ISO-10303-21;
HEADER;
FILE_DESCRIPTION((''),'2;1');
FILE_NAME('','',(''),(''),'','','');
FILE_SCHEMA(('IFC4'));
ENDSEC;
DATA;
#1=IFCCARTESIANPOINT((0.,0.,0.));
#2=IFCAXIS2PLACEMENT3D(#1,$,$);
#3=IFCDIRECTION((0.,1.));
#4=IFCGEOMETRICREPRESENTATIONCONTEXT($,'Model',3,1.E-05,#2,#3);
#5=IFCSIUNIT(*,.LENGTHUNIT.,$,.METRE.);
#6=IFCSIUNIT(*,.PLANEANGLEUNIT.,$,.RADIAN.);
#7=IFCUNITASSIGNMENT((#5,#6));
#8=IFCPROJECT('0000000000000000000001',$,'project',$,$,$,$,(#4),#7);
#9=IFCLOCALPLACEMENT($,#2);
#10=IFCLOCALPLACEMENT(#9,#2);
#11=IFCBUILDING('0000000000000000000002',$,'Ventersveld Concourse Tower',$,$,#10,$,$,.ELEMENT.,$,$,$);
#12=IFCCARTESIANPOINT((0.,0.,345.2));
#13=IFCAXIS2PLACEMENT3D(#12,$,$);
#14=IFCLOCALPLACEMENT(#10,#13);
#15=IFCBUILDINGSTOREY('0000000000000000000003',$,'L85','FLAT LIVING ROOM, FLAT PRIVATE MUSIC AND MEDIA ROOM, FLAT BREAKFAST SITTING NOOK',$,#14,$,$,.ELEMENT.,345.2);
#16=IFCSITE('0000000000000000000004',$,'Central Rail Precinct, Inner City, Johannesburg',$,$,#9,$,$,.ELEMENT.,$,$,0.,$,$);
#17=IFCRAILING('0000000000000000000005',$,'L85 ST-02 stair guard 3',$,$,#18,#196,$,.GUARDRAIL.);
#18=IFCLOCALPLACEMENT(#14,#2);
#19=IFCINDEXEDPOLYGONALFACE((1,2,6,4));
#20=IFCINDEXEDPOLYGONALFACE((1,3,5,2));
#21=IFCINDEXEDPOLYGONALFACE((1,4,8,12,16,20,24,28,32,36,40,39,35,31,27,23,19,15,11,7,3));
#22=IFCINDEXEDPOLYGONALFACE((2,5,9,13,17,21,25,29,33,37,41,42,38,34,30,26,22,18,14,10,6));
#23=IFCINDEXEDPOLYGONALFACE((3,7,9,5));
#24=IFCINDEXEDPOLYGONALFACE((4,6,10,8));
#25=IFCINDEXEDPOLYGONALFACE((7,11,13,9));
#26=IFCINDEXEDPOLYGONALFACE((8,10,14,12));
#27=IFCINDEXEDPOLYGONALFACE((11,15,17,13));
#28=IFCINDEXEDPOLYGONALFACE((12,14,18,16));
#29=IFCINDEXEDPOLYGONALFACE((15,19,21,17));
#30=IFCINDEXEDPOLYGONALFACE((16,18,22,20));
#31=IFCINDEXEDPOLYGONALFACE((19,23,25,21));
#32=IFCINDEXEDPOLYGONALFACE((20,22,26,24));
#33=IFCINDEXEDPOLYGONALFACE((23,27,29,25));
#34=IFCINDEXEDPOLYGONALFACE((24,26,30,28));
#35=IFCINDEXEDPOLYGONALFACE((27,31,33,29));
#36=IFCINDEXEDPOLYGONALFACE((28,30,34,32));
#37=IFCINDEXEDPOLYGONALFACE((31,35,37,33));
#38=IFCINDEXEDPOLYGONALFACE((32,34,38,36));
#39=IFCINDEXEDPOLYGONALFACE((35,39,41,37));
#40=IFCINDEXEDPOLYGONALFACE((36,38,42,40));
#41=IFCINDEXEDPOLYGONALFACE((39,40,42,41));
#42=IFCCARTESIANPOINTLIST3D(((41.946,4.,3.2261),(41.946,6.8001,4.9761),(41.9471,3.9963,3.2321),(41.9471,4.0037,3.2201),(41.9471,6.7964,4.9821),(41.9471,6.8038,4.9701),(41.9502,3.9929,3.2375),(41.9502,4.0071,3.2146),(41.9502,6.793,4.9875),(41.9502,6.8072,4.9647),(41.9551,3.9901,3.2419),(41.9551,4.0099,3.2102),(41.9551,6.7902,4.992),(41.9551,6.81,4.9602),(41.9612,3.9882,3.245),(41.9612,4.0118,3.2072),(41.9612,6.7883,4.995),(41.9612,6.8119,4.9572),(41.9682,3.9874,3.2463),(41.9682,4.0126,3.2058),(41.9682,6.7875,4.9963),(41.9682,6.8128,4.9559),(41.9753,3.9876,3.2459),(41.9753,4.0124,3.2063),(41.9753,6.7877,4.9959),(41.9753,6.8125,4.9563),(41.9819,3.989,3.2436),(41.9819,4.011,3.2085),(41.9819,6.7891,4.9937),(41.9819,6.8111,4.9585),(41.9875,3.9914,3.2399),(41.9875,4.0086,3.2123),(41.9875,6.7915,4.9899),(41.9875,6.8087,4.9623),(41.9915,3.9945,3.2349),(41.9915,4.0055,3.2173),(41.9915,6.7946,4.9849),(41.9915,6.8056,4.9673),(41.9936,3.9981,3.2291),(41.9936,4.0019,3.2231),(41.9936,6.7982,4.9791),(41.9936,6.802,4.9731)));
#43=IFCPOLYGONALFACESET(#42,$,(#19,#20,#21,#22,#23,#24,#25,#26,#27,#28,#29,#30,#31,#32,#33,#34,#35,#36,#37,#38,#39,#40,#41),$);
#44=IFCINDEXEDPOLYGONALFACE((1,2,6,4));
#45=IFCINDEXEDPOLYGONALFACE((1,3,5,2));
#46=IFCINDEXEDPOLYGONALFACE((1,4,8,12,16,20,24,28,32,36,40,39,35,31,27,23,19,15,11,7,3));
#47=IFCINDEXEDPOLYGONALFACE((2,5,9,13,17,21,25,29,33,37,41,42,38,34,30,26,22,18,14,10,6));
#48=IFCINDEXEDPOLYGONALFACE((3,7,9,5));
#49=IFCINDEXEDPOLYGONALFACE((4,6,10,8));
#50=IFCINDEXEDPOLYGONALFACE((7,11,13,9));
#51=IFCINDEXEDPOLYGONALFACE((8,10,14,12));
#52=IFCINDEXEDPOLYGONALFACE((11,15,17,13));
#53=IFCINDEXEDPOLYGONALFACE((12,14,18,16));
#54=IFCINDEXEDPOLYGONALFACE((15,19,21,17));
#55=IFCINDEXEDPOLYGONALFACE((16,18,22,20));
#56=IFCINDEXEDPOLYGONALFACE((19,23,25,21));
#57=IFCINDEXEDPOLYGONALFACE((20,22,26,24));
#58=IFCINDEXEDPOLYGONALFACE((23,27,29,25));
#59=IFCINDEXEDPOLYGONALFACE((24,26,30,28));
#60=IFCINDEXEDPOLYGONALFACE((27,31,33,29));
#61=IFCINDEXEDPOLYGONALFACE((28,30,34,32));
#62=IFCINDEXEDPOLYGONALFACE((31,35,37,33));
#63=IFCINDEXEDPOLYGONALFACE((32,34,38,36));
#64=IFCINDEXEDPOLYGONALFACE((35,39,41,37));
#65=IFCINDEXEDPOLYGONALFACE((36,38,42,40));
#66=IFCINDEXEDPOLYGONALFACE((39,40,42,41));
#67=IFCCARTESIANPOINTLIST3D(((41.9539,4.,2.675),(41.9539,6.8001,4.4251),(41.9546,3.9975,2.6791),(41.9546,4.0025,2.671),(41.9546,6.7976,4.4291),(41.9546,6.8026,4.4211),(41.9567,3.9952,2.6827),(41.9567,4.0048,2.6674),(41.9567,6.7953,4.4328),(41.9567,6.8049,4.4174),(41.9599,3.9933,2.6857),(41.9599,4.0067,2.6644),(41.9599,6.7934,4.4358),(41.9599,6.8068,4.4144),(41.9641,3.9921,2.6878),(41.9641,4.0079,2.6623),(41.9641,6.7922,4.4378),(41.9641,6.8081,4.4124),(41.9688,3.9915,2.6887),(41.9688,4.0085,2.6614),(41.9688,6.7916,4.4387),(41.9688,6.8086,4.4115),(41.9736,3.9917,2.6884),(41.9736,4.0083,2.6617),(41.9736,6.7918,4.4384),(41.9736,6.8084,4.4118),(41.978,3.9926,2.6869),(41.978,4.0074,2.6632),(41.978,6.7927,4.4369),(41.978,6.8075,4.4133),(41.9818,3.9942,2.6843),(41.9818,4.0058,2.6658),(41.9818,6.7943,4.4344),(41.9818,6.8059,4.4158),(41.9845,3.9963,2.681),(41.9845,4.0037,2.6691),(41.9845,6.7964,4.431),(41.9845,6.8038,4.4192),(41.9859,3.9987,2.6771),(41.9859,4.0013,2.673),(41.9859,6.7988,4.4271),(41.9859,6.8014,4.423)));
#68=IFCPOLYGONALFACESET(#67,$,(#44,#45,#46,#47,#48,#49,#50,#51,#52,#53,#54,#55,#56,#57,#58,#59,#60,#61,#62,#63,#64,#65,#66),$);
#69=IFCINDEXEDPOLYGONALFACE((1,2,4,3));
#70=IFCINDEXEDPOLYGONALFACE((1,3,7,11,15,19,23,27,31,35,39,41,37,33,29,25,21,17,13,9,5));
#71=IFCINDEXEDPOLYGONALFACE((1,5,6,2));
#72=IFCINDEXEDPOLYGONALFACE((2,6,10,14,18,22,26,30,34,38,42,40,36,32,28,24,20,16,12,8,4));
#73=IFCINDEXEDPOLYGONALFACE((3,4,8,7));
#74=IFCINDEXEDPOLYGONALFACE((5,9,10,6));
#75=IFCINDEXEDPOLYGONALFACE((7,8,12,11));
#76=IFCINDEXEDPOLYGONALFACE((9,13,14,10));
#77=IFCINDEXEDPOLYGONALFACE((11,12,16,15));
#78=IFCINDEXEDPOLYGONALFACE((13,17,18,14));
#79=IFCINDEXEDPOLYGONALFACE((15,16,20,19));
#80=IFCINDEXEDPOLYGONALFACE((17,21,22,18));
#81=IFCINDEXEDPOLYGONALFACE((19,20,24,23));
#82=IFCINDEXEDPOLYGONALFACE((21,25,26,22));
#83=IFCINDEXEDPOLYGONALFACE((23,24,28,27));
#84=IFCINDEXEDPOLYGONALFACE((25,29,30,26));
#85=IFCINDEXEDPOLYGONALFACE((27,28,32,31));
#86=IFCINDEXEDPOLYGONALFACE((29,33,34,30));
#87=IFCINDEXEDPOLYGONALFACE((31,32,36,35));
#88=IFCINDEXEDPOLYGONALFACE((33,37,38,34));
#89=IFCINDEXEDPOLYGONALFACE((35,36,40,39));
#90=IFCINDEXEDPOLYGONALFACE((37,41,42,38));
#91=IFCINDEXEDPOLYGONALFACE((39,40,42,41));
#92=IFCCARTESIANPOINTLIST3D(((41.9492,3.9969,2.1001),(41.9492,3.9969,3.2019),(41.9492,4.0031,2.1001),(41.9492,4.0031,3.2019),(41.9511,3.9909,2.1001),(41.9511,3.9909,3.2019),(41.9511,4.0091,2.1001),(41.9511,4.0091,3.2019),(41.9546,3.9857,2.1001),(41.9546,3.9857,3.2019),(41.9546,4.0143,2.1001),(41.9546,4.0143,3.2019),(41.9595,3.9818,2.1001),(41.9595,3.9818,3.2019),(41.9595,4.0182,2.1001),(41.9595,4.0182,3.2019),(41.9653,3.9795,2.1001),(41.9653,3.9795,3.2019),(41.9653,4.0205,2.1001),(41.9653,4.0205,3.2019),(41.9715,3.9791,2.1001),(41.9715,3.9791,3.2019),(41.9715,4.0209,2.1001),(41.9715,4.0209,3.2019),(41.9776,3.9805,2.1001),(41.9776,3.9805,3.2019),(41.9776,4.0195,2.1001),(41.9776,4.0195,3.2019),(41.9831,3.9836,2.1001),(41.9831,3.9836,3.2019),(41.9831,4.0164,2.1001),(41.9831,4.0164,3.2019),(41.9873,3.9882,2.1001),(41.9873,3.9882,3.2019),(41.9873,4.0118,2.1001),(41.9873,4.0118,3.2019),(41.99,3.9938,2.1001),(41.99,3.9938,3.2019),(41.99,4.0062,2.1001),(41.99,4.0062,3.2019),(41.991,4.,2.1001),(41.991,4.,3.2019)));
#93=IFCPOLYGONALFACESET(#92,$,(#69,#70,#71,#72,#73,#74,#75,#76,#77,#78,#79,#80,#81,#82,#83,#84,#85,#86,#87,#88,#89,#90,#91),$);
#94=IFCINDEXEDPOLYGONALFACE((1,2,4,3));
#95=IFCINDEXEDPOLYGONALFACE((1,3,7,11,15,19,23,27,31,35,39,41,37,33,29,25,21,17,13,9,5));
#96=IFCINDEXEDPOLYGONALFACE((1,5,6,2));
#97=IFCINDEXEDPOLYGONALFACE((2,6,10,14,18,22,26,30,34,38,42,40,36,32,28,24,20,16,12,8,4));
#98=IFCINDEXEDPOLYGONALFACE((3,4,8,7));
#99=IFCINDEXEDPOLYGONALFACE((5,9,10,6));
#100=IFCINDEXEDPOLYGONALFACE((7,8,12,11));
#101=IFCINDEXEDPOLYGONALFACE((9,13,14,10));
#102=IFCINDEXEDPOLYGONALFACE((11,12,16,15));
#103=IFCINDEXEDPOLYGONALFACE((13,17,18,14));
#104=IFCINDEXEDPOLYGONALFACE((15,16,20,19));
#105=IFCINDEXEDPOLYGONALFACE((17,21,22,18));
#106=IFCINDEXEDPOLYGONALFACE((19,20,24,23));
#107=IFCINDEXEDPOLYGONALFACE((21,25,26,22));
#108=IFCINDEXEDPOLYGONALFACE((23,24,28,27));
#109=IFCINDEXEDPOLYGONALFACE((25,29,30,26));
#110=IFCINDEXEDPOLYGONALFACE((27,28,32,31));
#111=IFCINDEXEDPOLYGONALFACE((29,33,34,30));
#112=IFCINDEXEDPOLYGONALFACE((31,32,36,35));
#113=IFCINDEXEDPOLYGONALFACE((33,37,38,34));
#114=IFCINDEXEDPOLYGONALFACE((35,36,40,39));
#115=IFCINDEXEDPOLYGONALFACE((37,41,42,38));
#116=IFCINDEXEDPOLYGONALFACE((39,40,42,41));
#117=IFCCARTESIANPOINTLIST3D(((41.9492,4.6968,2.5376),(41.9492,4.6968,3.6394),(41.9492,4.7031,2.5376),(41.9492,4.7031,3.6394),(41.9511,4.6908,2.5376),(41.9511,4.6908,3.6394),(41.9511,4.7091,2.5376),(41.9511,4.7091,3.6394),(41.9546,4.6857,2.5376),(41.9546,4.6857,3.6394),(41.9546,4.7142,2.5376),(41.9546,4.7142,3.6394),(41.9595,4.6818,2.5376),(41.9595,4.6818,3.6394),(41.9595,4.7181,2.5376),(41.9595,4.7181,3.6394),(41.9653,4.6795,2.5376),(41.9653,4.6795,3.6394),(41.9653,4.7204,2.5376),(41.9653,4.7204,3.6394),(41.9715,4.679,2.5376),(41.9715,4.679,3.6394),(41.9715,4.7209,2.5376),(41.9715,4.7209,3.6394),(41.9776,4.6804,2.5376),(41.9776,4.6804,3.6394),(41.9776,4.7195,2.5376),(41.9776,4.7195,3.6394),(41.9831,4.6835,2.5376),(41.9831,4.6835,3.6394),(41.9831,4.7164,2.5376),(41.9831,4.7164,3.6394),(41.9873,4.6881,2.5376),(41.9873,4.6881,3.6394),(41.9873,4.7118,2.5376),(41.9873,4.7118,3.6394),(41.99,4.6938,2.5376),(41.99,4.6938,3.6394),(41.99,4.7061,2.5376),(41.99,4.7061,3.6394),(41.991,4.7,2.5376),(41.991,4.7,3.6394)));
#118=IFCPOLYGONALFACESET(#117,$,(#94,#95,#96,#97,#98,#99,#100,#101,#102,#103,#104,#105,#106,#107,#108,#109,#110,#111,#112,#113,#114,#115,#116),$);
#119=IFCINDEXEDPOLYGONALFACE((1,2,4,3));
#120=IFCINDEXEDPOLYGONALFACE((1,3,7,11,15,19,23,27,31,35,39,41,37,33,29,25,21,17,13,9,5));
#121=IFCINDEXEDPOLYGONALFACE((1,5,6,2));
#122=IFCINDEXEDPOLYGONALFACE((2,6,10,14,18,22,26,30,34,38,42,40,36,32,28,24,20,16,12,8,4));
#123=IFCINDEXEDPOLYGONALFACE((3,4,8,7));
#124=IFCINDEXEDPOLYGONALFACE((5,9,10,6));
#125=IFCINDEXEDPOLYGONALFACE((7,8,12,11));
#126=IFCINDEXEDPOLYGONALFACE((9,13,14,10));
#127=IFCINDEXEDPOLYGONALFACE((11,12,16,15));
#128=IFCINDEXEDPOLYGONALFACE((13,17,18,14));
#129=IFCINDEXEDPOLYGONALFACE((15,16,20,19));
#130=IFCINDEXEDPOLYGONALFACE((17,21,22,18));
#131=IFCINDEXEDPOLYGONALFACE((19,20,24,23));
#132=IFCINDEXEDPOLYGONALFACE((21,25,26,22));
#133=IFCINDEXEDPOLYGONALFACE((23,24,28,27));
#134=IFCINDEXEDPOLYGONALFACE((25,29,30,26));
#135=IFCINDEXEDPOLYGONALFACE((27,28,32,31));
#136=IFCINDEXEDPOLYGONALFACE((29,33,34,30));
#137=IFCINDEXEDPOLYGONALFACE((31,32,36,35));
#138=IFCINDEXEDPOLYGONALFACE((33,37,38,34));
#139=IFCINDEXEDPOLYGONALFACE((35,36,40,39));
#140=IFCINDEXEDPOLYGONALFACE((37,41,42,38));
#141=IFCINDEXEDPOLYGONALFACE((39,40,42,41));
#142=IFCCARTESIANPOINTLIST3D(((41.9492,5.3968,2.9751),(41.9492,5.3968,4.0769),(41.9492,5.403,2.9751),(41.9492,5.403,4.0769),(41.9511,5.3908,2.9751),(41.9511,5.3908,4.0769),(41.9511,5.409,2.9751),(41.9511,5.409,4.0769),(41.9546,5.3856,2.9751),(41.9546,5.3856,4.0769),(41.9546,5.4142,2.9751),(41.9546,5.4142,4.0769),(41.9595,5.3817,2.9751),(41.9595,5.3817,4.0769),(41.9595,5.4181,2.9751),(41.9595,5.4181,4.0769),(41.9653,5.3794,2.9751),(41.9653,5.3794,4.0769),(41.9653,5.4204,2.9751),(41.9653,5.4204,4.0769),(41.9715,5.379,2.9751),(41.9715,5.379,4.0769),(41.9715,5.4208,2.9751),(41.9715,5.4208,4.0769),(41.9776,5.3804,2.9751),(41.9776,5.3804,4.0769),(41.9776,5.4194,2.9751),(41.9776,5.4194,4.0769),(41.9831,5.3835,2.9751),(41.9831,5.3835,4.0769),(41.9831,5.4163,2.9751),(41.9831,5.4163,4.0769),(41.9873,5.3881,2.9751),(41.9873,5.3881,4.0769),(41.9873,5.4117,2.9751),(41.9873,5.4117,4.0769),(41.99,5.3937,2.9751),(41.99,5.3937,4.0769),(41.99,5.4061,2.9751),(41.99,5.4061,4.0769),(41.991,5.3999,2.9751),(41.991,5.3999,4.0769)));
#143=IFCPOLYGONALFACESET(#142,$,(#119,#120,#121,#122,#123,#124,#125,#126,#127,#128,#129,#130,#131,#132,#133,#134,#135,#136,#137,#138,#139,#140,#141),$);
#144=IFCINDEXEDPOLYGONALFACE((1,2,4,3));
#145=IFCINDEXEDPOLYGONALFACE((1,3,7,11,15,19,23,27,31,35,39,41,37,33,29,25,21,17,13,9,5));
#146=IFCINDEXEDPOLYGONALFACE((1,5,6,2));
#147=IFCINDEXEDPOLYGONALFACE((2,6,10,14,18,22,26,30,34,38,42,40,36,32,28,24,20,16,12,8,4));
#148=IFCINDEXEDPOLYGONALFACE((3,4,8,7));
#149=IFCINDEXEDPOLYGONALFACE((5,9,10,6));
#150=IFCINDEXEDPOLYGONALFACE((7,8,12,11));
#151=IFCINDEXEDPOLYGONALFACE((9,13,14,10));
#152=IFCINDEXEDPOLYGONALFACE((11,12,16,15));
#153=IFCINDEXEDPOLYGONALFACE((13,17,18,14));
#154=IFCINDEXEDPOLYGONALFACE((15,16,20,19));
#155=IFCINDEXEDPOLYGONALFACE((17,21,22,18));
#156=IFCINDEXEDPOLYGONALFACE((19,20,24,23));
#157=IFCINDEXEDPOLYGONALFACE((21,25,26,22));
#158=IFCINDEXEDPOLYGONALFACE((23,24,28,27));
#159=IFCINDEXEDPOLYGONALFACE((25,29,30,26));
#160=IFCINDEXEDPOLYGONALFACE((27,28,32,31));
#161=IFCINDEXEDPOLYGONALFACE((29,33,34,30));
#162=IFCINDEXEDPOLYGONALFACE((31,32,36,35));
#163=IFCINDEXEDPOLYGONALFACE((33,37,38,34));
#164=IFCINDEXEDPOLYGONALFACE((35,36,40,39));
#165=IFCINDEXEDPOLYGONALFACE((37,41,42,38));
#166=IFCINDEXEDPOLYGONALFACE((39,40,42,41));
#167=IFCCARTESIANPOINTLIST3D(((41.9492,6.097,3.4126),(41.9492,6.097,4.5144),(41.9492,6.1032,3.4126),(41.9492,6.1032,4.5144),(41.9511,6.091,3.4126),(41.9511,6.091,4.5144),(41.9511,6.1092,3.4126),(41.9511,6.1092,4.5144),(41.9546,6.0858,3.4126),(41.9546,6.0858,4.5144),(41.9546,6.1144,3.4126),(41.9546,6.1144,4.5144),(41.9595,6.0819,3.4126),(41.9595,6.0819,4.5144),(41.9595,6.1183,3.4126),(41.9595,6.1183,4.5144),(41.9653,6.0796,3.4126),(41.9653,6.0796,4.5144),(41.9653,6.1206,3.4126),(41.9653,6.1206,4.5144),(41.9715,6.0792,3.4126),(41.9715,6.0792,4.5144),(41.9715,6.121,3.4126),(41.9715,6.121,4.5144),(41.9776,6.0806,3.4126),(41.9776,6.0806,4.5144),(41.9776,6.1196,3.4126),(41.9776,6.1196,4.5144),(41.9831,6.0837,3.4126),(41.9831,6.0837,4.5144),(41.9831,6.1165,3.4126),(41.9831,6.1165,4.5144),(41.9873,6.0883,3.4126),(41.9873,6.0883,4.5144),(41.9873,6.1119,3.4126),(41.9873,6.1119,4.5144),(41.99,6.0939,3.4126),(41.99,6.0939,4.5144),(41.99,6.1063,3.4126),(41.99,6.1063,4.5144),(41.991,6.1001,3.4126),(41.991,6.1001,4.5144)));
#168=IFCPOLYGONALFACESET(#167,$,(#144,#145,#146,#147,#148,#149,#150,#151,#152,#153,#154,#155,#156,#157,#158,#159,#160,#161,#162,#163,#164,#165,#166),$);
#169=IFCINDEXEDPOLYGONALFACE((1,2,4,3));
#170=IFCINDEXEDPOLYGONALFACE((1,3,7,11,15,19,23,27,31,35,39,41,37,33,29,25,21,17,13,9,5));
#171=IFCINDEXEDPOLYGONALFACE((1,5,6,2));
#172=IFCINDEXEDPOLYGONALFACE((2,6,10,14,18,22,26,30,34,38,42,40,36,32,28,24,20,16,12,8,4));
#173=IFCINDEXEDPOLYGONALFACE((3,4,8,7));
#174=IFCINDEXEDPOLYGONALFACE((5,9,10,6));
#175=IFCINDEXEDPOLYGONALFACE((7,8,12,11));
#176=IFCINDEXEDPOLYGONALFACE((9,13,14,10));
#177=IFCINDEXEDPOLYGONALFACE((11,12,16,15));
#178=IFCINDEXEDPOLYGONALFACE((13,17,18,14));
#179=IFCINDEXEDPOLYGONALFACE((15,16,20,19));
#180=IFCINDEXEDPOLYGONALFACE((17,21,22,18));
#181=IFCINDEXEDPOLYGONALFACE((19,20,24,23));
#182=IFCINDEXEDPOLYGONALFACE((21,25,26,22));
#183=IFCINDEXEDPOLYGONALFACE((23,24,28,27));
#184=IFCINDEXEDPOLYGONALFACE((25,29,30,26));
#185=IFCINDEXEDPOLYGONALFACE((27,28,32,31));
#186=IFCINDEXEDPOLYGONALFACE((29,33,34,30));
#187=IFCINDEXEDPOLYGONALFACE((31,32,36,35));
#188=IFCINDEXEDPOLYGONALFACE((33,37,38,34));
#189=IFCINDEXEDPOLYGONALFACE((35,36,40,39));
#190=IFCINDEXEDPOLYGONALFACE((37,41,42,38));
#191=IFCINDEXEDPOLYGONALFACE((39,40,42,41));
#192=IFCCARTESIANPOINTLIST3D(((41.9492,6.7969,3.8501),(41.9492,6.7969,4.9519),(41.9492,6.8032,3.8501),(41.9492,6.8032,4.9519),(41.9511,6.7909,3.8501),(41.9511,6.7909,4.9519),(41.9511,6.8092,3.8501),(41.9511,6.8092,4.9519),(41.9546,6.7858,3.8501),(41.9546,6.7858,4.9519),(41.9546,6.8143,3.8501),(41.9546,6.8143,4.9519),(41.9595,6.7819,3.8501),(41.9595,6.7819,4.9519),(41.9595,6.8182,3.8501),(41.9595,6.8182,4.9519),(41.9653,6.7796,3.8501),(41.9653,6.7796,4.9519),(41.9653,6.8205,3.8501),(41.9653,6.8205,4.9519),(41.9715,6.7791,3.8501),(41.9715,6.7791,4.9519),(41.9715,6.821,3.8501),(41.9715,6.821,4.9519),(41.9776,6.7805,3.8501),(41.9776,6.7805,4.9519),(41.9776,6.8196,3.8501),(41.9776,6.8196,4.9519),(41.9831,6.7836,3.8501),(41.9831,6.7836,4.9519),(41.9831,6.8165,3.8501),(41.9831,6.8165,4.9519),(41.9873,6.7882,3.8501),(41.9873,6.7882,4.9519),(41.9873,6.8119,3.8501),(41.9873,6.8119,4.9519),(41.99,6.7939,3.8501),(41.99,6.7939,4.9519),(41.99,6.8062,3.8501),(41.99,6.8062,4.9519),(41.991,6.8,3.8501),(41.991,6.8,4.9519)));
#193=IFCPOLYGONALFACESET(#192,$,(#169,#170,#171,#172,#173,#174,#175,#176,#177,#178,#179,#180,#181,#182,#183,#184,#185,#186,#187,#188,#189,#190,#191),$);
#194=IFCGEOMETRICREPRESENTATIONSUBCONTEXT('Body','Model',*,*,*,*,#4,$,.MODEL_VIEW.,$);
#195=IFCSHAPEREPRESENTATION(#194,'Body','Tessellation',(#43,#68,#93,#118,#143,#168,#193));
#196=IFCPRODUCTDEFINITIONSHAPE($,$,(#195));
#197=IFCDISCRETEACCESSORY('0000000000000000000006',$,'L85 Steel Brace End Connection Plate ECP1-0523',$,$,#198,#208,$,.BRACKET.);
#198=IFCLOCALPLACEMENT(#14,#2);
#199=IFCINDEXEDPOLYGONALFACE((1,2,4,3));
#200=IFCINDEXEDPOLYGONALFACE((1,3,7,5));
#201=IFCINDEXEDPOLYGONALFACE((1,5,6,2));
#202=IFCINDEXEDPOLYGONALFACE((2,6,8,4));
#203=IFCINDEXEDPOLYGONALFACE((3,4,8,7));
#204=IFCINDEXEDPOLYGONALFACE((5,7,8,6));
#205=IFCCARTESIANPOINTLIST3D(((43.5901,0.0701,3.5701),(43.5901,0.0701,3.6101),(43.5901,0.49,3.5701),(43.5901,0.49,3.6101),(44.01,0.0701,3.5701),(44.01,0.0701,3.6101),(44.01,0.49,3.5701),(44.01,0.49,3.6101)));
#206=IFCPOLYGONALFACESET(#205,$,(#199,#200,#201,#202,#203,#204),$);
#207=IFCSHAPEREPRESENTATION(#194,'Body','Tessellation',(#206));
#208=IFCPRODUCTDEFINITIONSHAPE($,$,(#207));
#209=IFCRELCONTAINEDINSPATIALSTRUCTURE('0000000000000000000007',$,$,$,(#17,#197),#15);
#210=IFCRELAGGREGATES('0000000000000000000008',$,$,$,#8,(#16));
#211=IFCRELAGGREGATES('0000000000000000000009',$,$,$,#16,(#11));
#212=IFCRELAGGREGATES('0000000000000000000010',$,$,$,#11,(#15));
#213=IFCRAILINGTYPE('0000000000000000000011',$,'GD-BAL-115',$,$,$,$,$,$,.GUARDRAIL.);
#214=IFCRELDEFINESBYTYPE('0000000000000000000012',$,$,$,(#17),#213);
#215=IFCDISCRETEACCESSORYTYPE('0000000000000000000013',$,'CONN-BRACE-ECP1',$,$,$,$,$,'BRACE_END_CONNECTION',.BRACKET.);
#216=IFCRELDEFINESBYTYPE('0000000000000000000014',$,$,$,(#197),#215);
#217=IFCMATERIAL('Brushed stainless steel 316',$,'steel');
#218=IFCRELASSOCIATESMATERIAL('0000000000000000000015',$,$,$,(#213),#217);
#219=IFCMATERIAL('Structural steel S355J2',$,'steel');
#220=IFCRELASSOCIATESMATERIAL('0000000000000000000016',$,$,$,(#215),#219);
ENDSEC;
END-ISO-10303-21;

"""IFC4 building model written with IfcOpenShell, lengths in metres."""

from ifc_helpers import new_model, si_unit, direction, frame, origin, origin_2d, place, context, subcontext, project, spatial, rectangle, circle, extrude, material, type_object, element, save


model = new_model("IFC4")

# Units and contexts
model_context = context("Model", 3, precision=1e-05, world=origin(), true_north=direction((0.0, 1.0)))
body_context = subcontext(model_context, "Body", "Model", "MODEL_VIEW")
ifc_project = project(units=[si_unit("LENGTHUNIT", "METRE"), si_unit("PLANEANGLEUNIT", "RADIAN")], contexts=[model_context])

# Site, building, storey
site_placement = place(None, origin())
site = spatial("IfcSite", under=ifc_project, at=site_placement, Name="Central Rail Precinct, Inner City, Johannesburg", CompositionType="ELEMENT", RefElevation=0.0)
building_placement = place(site_placement, origin())
building = spatial("IfcBuilding", under=site, at=building_placement, Name="Ventersveld Concourse Tower", CompositionType="ELEMENT")
storey_placement = place(building_placement, frame((0.0, 0.0, 345.2)))
storey = spatial("IfcBuildingStorey", under=building, at=storey_placement, Name="L85", Description="FLAT LIVING ROOM, FLAT PRIVATE MUSIC AND MEDIA ROOM, FLAT BREAKFAST SITTING NOOK", CompositionType="ELEMENT", Elevation=345.2)

# Shared definitions
ifc_material_1 = material(Name="Structural steel S355J2", Category="steel")

# Railing
ifc_material_2 = material(Name="Brushed stainless steel 316", Category="steel")
railing_type = type_object("IfcRailingType", Name="GD-BAL-115", PredefinedType="GUARDRAIL", material=ifc_material_2)
railing_1_placement = place(storey_placement, frame((41.97, 4.0, 2.1001)))
element("IfcRailing", 1, at=railing_1_placement, inside=storey, type_object=railing_type, Name="L85 ST-02 stair guard 3", PredefinedType="GUARDRAIL", context=body_context, shape_type="SweptSolid", body=[
    extrude(circle(Radius=0.0239, at=origin_2d()), frame((0.0, 0.0, 1.126), z_axis=(0.0, 0.848002, 0.529992), x_axis=(-1.0, 0.0, 0.0)), (0.0, 0.0, 1.0), 3.302),
    extrude(circle(Radius=0.0161, at=origin_2d()), frame((0.0, 0.0, 0.575), z_axis=(0.0, 0.848002, 0.529992), x_axis=(-1.0, 0.0, 0.0)), (0.0, 0.0, 1.0), 3.302),
    extrude(circle(Radius=0.021, at=origin_2d()), origin(), (0.0, 0.0, 1.0), 1.1018),
    extrude(circle(Radius=0.021, at=origin_2d()), frame((0.0, 0.7, 0.4375)), (0.0, 0.0, 1.0), 1.1018),
    extrude(circle(Radius=0.021, at=origin_2d()), frame((0.0, 1.3999, 0.875)), (0.0, 0.0, 1.0), 1.1018),
    extrude(circle(Radius=0.021, at=origin_2d()), frame((0.0, 2.1001, 1.3125)), (0.0, 0.0, 1.0), 1.1018),
    extrude(circle(Radius=0.021, at=origin_2d()), frame((0.0, 2.8, 1.75)), (0.0, 0.0, 1.0), 1.1018),
])

# Discrete accessory
discrete_accessory_type = type_object("IfcDiscreteAccessoryType", Name="CONN-BRACE-ECP1", ElementType="BRACE_END_CONNECTION", PredefinedType="BRACKET", material=ifc_material_1)
for number, where, z_axis, x_axis, name in (
    (2, (43.8, 0.28, 3.5701), (0.0, 0.0, 1.0), (1.0, 0.0, 0.0), "L85 Steel Brace End Connection Plate ECP1-0523"),
):
    element("IfcDiscreteAccessory", number, at=place(storey_placement, frame(where, z_axis=z_axis, x_axis=x_axis)), inside=storey, type_object=discrete_accessory_type, Name=name, PredefinedType="BRACKET", context=body_context, shape_type="SweptSolid", body=[
        extrude(rectangle(XDim=0.4199, YDim=0.4199, at=origin_2d()), origin(), (0.0, 0.0, 1.0), 0.04),
    ])

save(model, "model.ifc")
